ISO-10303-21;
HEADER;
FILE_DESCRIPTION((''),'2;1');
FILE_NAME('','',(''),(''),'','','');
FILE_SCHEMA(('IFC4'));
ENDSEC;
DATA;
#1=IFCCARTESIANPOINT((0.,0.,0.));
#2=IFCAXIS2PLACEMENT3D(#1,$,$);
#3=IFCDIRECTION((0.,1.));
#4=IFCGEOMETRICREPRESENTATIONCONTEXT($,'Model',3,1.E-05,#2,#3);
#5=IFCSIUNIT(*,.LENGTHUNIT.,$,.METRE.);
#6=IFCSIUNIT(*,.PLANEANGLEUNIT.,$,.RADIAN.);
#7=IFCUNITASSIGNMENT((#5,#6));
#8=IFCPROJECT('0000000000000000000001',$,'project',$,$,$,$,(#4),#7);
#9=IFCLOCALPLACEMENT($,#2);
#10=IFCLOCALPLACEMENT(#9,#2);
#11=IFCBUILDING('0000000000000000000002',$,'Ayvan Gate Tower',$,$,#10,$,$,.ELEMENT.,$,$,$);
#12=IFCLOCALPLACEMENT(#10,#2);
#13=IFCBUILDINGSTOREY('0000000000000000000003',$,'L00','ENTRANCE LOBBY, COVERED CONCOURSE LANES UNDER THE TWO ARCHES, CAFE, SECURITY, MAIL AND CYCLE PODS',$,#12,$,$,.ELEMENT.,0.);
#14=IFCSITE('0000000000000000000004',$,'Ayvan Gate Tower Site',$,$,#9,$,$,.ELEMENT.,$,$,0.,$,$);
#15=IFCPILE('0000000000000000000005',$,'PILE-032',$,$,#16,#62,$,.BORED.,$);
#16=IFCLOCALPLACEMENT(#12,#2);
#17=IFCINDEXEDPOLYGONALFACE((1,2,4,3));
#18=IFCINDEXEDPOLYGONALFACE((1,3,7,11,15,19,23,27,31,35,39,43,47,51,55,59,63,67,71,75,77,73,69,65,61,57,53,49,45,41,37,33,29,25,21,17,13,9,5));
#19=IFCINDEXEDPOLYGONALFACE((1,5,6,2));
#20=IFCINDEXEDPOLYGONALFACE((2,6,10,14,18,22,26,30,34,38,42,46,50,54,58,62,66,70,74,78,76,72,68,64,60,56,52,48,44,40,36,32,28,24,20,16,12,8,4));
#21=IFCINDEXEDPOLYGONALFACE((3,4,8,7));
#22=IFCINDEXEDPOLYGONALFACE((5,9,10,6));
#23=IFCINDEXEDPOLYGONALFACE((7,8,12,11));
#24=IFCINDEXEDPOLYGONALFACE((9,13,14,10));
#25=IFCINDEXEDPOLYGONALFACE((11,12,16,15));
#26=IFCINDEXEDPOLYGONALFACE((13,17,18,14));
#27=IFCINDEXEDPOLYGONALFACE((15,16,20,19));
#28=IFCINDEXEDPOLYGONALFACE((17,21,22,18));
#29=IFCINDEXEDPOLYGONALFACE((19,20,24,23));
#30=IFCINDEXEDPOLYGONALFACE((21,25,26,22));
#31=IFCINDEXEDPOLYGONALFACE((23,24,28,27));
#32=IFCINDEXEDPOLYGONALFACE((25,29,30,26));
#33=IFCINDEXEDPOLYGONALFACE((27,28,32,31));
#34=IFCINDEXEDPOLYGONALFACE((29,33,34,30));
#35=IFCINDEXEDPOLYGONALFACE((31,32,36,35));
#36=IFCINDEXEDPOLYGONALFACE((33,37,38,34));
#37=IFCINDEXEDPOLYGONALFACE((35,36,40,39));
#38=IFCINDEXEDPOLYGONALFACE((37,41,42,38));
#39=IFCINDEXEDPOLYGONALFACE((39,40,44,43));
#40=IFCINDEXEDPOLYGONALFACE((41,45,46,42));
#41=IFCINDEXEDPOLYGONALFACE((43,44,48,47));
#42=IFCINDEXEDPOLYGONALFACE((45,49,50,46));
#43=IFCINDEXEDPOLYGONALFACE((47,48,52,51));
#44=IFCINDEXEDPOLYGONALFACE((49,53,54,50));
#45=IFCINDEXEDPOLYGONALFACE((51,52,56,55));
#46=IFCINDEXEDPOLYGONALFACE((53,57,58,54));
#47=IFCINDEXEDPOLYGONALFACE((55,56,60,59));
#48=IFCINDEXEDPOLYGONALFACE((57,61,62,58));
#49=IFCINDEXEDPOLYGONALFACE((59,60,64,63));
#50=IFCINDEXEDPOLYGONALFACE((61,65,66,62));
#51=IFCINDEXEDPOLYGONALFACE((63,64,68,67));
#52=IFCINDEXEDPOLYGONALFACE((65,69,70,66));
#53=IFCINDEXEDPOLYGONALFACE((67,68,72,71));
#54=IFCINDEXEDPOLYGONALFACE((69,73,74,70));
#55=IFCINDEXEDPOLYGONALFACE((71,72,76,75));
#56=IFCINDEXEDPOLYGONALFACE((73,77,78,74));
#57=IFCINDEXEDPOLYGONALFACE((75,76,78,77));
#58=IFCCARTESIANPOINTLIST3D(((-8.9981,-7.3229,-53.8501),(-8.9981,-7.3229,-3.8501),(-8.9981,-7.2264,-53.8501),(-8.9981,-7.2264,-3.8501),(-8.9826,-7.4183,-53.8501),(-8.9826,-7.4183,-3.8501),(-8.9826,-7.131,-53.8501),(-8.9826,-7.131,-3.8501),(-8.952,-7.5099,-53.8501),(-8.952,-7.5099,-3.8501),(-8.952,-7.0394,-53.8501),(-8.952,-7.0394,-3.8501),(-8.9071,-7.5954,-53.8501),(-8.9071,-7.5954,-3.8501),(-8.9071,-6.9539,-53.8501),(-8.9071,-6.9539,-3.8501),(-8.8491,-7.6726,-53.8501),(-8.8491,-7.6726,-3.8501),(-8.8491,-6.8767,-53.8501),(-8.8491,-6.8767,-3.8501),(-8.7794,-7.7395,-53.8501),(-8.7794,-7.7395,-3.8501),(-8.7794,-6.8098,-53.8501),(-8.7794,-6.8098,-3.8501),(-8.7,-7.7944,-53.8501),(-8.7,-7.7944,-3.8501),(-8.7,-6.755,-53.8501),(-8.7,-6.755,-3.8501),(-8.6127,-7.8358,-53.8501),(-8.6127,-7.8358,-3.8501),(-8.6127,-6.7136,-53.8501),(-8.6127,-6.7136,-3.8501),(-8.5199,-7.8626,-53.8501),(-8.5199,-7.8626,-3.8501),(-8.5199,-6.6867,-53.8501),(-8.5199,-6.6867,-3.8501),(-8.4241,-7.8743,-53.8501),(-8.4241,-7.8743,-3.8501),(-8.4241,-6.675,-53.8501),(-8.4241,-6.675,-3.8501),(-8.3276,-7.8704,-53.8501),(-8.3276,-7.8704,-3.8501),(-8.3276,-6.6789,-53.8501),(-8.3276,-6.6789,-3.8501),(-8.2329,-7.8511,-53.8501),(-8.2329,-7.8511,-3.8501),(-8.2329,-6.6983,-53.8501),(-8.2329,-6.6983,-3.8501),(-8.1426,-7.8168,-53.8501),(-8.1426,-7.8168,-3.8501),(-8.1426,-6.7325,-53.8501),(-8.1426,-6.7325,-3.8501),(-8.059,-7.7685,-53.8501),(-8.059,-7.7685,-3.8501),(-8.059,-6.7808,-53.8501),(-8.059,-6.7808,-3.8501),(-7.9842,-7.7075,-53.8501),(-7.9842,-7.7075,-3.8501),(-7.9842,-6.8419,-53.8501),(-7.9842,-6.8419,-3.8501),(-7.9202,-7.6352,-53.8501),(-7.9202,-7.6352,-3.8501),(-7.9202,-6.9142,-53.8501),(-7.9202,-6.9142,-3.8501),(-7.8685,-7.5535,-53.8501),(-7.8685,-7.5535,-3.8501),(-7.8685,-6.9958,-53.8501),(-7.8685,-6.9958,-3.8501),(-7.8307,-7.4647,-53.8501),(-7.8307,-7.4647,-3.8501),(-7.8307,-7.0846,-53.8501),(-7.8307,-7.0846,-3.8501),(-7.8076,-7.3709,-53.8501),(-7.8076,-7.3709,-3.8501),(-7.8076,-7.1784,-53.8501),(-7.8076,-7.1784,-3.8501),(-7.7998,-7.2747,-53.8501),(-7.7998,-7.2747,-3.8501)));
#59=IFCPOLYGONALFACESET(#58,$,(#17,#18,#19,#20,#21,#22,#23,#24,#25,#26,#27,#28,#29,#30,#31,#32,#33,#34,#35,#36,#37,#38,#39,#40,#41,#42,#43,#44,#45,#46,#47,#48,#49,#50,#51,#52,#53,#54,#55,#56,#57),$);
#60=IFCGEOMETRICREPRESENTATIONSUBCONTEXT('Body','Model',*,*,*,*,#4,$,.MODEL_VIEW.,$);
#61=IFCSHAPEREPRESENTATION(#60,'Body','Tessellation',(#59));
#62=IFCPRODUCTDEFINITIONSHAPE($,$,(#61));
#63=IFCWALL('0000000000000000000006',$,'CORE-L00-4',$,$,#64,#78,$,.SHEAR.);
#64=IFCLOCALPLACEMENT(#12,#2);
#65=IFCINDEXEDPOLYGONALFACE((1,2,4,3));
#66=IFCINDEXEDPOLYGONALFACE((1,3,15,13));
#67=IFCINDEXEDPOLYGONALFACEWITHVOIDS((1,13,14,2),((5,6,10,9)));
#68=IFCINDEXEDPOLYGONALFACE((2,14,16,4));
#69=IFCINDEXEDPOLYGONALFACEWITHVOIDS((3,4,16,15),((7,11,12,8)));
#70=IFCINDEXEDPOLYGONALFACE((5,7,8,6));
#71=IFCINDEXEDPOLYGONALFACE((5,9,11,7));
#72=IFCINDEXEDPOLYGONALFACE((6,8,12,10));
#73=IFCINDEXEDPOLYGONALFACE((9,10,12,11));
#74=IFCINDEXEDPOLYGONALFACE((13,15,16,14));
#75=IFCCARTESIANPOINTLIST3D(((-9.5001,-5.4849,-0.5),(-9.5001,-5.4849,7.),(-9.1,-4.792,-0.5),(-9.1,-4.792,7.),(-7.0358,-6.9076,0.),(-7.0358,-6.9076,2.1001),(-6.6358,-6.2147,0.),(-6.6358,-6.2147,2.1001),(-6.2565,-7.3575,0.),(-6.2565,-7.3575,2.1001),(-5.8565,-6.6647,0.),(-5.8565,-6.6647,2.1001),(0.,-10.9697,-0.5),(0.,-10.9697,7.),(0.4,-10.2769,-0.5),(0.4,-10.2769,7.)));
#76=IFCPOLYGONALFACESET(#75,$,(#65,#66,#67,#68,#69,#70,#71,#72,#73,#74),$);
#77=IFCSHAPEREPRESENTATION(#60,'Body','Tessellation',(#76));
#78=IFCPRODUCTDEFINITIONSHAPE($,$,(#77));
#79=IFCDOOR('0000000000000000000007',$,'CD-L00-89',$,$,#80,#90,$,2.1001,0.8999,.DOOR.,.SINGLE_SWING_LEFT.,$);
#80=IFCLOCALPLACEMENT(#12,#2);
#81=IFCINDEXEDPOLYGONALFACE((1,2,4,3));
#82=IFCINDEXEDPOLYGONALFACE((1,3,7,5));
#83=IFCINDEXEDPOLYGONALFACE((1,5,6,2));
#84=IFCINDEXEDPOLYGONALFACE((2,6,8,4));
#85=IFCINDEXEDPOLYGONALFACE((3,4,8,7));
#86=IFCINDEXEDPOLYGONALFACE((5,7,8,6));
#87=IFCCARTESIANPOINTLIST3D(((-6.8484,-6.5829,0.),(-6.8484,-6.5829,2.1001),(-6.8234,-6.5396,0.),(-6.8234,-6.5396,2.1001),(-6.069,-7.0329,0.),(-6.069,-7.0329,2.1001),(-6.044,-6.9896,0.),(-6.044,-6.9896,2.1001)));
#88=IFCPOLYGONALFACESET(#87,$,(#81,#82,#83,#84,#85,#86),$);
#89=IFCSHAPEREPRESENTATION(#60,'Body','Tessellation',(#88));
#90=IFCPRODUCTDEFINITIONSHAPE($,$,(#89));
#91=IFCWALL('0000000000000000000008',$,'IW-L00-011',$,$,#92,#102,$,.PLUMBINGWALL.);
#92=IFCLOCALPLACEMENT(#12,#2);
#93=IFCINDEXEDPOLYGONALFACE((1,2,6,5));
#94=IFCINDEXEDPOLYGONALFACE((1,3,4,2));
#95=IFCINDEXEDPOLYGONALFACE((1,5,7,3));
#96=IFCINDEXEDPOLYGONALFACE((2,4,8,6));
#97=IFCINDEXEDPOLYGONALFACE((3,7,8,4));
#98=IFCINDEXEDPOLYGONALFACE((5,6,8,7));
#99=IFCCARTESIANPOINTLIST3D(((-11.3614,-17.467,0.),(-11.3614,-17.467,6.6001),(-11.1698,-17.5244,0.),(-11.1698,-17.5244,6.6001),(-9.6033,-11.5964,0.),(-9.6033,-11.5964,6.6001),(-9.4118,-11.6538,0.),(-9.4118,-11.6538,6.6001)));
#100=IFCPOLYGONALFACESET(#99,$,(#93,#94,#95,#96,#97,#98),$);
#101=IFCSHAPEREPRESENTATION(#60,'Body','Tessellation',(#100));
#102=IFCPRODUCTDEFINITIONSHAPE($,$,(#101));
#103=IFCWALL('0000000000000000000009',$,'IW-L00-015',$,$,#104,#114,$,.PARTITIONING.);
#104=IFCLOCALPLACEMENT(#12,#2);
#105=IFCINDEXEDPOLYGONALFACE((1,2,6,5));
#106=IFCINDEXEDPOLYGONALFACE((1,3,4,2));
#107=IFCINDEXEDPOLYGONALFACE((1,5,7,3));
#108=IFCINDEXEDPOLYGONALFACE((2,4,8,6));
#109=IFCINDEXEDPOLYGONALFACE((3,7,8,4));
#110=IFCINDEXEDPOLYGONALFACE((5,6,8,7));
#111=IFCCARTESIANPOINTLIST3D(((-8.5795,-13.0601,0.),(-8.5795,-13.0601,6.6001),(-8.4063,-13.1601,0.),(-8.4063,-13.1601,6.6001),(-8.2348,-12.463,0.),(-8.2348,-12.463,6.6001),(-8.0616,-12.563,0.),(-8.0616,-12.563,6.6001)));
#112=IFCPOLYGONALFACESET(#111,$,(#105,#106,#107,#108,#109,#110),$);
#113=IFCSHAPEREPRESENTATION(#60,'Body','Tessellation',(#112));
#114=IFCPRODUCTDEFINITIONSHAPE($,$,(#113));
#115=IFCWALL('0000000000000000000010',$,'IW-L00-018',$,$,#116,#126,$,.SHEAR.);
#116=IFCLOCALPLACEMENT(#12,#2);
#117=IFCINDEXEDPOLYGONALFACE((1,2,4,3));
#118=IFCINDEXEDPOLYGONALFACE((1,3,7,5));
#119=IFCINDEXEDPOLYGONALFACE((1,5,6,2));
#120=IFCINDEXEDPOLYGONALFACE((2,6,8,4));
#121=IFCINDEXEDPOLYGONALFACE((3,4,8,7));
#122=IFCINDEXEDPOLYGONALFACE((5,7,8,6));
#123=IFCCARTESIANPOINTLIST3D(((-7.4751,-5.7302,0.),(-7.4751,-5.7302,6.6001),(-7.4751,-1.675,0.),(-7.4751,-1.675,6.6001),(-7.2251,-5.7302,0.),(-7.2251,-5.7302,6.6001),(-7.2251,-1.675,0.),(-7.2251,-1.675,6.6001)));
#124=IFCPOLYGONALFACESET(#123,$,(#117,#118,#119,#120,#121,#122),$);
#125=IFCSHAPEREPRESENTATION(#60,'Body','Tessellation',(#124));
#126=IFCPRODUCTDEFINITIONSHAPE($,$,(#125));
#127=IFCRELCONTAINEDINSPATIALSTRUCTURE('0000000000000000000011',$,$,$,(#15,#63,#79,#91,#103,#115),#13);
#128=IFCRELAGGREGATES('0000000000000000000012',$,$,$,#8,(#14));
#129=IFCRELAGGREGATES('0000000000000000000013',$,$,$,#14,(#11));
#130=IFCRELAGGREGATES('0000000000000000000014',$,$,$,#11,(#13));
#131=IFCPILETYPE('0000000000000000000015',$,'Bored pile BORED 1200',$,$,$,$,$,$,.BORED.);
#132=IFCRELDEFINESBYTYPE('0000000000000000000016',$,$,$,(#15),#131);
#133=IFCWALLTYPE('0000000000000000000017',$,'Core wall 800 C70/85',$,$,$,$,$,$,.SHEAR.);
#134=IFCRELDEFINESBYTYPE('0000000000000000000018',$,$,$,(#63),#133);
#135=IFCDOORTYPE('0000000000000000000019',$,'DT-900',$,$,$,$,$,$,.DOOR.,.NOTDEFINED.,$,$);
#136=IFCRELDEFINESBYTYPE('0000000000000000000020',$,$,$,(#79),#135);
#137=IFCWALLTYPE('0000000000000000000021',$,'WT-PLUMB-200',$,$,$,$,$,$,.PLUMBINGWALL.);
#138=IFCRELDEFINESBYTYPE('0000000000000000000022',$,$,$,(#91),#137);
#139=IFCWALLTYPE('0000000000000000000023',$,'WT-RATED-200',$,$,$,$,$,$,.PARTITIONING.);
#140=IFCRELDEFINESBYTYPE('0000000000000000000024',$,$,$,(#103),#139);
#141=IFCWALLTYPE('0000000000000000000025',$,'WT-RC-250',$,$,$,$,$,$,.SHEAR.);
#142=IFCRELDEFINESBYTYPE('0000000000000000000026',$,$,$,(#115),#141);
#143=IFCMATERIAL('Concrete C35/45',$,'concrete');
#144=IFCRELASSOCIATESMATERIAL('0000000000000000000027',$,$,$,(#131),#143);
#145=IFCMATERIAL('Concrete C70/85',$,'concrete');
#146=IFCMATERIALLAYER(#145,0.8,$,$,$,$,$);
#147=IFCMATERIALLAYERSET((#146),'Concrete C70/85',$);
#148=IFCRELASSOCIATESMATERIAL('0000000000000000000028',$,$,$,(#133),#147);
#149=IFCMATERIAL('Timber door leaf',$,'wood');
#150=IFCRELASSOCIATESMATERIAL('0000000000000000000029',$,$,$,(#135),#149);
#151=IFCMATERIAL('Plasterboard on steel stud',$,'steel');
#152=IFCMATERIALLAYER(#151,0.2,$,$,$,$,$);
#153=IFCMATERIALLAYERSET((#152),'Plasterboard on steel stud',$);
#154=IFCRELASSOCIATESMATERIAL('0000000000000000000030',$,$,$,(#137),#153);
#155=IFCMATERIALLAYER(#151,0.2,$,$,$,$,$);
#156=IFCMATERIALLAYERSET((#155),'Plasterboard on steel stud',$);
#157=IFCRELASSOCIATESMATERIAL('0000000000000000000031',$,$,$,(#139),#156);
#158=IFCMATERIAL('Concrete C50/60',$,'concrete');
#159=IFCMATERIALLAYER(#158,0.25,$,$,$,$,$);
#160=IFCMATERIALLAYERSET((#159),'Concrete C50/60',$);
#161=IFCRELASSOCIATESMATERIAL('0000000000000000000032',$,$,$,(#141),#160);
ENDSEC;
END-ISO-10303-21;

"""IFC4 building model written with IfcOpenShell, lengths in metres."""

from ifc_helpers import new_model, si_unit, direction, frame, frame_2d, origin, origin_2d, place, context, subcontext, project, spatial, rectangle, circle, extrude, material, layer, layer_set, material_profile, profile_set, type_object, element, fill, save


model = new_model("IFC4")

# Units and contexts
model_context = context("Model", 3, precision=1e-05, world=origin(), true_north=direction((0.0, 1.0)))
body_context = subcontext(model_context, "Body", "Model", "MODEL_VIEW")
ifc_project = project(units=[si_unit("LENGTHUNIT", "METRE"), si_unit("PLANEANGLEUNIT", "RADIAN")], contexts=[model_context])

# Site, building, storey
site_placement = place(None, origin())
site = spatial("IfcSite", under=ifc_project, at=site_placement, Name="Ayvan Gate Tower Site", CompositionType="ELEMENT", RefElevation=0.0)
building_placement = place(site_placement, origin())
building = spatial("IfcBuilding", under=site, at=building_placement, Name="Ayvan Gate Tower", CompositionType="ELEMENT")
storey_placement = place(building_placement, origin())
storey = spatial("IfcBuildingStorey", under=building, at=storey_placement, Name="L00", Description="ENTRANCE LOBBY, COVERED CONCOURSE LANES UNDER THE TWO ARCHES, CAFE, SECURITY, MAIL AND CYCLE PODS", CompositionType="ELEMENT", Elevation=0.0)

# Pile
ifc_material_1 = material(Name="Concrete C35/45", Category="concrete")
ifc_material_profile = material_profile(ifc_material_1, circle(Radius=0.6001, at=origin_2d()), Name="BORED 1200")
ifc_profile_set = profile_set([ifc_material_profile], Name="Concrete C35/45")
pile_type = type_object("IfcPileType", Name="Bored pile BORED 1200", PredefinedType="BORED", material=ifc_profile_set)
pile_placement = place(storey_placement, frame((-8.3999, -7.2747, -3.8501), z_axis=(0.0, 0.0, -1.0), x_axis=(1.0, 0.0, 0.0)))
element("IfcPile", 1, at=pile_placement, inside=storey, type_object=pile_type, Name="PILE-032", PredefinedType="BORED", context=body_context, shape_type="SweptSolid", body=[
    extrude(circle(Radius=0.6001, at=origin_2d()), origin(), (0.0, 0.0, 1.0), 50.0),
])

# Wall, opening, door
ifc_material_2 = material(Name="Concrete C70/85", Category="concrete")
ifc_layer_1 = layer(ifc_material_2, 0.8)
ifc_layer_set_1 = layer_set([ifc_layer_1], Name="Concrete C70/85")
wall_type_1 = type_object("IfcWallType", Name="Core wall 800 C70/85", PredefinedType="SHEAR", material=ifc_layer_set_1)
wall_1_placement = place(storey_placement, frame((-9.3, -5.1384, -0.5), z_axis=(0.0, 0.0, 1.0), x_axis=(0.866024, -0.500002, 0.0)))
wall_1 = element("IfcWall", 2, at=wall_1_placement, inside=storey, type_object=wall_type_1, Name="CORE-L00-4", PredefinedType="SHEAR", context=body_context, shape_type="SweptSolid", body=[
    extrude(rectangle(XDim=10.9697, YDim=0.8, at=frame_2d((5.4849, 0.0))), origin(), (0.0, 0.0, 1.0), 7.5),
])
opening_placement = place(wall_1_placement, frame((2.8455, 0.0, 0.5)))
opening = element("IfcOpeningElement", 3, at=opening_placement, cuts=wall_1, PredefinedType="OPENING", context=body_context, shape_type="SweptSolid", body=[
    extrude(rectangle(XDim=0.8999, YDim=2.1001, at=frame_2d((0.45, 1.05))), frame((0.0, 0.4099, 0.0), z_axis=(0.0, -1.0, 0.0), x_axis=(1.0, 0.0, 0.0)), (0.0, 0.0, 1.0), 0.8201),
])
ifc_material_3 = material(Name="Timber door leaf", Category="wood")
door_type = type_object("IfcDoorType", Name="DT-900", OperationType="NOTDEFINED", PredefinedType="DOOR", material=ifc_material_3)
door_placement = place(opening_placement, origin())
door = element("IfcDoor", 4, at=door_placement, inside=storey, type_object=door_type, Name="CD-L00-89", OperationType="SINGLE_SWING_LEFT", OverallHeight=2.1001, OverallWidth=0.8999, PredefinedType="DOOR", context=body_context, shape_type="SweptSolid", body=[
    extrude(rectangle(XDim=0.8999, YDim=2.1001, at=frame_2d((0.45, 1.05))), frame((0.0, 0.0249, 0.0), z_axis=(0.0, -1.0, 0.0), x_axis=(1.0, 0.0, 0.0)), (0.0, 0.0, 1.0), 0.05),
])
fill(opening, door)

# Walls
ifc_material_4 = material(Name="Plasterboard on steel stud", Category="steel")
ifc_layer_2 = layer(ifc_material_4, 0.2)
ifc_layer_set_2 = layer_set([ifc_layer_2], Name="Plasterboard on steel stud")
wall_type_2 = type_object("IfcWallType", Name="WT-PLUMB-200", PredefinedType="PLUMBINGWALL", material=ifc_layer_set_2)
wall_2_placement = place(storey_placement, frame((-9.5076, -11.6252, 0.0), z_axis=(0.0, 0.0, 1.0), x_axis=(-0.28688, -0.957967, 0.0)))
element("IfcWall", 5, at=wall_2_placement, inside=storey, type_object=wall_type_2, Name="IW-L00-011", PredefinedType="PLUMBINGWALL", context=body_context, shape_type="SweptSolid", body=[
    extrude(rectangle(XDim=6.1282, YDim=0.2, at=frame_2d((3.064, 0.0))), origin(), (0.0, 0.0, 1.0), 6.6001),
])
ifc_layer_3 = layer(ifc_material_4, 0.2)
ifc_layer_set_3 = layer_set([ifc_layer_3], Name="Plasterboard on steel stud")
wall_type_3 = type_object("IfcWallType", Name="WT-RATED-200", PredefinedType="PARTITIONING", material=ifc_layer_set_3)
wall_3_placement = place(storey_placement, frame((-8.4929, -13.1101, 0.0), z_axis=(0.0, 0.0, 1.0), x_axis=(0.499947, 0.866056, 0.0)))
element("IfcWall", 6, at=wall_3_placement, inside=storey, type_object=wall_type_3, Name="IW-L00-015", PredefinedType="PARTITIONING", context=body_context, shape_type="SweptSolid", body=[
    extrude(rectangle(XDim=0.6895, YDim=0.2, at=frame_2d((0.3447, 0.0))), origin(), (0.0, 0.0, 1.0), 6.6001),
])
ifc_material_5 = material(Name="Concrete C50/60", Category="concrete")
ifc_layer_4 = layer(ifc_material_5, 0.25)
ifc_layer_set_4 = layer_set([ifc_layer_4], Name="Concrete C50/60")
wall_type_4 = type_object("IfcWallType", Name="WT-RC-250", PredefinedType="SHEAR", material=ifc_layer_set_4)
wall_4_placement = place(storey_placement, frame((-7.3501, -5.7302, 0.0), z_axis=(0.0, 0.0, 1.0), x_axis=(0.0, 1.0, 0.0)))
element("IfcWall", 7, at=wall_4_placement, inside=storey, type_object=wall_type_4, Name="IW-L00-018", PredefinedType="SHEAR", context=body_context, shape_type="SweptSolid", body=[
    extrude(rectangle(XDim=4.0552, YDim=0.25, at=frame_2d((2.0276, 0.0))), origin(), (0.0, 0.0, 1.0), 6.6001),
])

save(model, "model.ifc")
